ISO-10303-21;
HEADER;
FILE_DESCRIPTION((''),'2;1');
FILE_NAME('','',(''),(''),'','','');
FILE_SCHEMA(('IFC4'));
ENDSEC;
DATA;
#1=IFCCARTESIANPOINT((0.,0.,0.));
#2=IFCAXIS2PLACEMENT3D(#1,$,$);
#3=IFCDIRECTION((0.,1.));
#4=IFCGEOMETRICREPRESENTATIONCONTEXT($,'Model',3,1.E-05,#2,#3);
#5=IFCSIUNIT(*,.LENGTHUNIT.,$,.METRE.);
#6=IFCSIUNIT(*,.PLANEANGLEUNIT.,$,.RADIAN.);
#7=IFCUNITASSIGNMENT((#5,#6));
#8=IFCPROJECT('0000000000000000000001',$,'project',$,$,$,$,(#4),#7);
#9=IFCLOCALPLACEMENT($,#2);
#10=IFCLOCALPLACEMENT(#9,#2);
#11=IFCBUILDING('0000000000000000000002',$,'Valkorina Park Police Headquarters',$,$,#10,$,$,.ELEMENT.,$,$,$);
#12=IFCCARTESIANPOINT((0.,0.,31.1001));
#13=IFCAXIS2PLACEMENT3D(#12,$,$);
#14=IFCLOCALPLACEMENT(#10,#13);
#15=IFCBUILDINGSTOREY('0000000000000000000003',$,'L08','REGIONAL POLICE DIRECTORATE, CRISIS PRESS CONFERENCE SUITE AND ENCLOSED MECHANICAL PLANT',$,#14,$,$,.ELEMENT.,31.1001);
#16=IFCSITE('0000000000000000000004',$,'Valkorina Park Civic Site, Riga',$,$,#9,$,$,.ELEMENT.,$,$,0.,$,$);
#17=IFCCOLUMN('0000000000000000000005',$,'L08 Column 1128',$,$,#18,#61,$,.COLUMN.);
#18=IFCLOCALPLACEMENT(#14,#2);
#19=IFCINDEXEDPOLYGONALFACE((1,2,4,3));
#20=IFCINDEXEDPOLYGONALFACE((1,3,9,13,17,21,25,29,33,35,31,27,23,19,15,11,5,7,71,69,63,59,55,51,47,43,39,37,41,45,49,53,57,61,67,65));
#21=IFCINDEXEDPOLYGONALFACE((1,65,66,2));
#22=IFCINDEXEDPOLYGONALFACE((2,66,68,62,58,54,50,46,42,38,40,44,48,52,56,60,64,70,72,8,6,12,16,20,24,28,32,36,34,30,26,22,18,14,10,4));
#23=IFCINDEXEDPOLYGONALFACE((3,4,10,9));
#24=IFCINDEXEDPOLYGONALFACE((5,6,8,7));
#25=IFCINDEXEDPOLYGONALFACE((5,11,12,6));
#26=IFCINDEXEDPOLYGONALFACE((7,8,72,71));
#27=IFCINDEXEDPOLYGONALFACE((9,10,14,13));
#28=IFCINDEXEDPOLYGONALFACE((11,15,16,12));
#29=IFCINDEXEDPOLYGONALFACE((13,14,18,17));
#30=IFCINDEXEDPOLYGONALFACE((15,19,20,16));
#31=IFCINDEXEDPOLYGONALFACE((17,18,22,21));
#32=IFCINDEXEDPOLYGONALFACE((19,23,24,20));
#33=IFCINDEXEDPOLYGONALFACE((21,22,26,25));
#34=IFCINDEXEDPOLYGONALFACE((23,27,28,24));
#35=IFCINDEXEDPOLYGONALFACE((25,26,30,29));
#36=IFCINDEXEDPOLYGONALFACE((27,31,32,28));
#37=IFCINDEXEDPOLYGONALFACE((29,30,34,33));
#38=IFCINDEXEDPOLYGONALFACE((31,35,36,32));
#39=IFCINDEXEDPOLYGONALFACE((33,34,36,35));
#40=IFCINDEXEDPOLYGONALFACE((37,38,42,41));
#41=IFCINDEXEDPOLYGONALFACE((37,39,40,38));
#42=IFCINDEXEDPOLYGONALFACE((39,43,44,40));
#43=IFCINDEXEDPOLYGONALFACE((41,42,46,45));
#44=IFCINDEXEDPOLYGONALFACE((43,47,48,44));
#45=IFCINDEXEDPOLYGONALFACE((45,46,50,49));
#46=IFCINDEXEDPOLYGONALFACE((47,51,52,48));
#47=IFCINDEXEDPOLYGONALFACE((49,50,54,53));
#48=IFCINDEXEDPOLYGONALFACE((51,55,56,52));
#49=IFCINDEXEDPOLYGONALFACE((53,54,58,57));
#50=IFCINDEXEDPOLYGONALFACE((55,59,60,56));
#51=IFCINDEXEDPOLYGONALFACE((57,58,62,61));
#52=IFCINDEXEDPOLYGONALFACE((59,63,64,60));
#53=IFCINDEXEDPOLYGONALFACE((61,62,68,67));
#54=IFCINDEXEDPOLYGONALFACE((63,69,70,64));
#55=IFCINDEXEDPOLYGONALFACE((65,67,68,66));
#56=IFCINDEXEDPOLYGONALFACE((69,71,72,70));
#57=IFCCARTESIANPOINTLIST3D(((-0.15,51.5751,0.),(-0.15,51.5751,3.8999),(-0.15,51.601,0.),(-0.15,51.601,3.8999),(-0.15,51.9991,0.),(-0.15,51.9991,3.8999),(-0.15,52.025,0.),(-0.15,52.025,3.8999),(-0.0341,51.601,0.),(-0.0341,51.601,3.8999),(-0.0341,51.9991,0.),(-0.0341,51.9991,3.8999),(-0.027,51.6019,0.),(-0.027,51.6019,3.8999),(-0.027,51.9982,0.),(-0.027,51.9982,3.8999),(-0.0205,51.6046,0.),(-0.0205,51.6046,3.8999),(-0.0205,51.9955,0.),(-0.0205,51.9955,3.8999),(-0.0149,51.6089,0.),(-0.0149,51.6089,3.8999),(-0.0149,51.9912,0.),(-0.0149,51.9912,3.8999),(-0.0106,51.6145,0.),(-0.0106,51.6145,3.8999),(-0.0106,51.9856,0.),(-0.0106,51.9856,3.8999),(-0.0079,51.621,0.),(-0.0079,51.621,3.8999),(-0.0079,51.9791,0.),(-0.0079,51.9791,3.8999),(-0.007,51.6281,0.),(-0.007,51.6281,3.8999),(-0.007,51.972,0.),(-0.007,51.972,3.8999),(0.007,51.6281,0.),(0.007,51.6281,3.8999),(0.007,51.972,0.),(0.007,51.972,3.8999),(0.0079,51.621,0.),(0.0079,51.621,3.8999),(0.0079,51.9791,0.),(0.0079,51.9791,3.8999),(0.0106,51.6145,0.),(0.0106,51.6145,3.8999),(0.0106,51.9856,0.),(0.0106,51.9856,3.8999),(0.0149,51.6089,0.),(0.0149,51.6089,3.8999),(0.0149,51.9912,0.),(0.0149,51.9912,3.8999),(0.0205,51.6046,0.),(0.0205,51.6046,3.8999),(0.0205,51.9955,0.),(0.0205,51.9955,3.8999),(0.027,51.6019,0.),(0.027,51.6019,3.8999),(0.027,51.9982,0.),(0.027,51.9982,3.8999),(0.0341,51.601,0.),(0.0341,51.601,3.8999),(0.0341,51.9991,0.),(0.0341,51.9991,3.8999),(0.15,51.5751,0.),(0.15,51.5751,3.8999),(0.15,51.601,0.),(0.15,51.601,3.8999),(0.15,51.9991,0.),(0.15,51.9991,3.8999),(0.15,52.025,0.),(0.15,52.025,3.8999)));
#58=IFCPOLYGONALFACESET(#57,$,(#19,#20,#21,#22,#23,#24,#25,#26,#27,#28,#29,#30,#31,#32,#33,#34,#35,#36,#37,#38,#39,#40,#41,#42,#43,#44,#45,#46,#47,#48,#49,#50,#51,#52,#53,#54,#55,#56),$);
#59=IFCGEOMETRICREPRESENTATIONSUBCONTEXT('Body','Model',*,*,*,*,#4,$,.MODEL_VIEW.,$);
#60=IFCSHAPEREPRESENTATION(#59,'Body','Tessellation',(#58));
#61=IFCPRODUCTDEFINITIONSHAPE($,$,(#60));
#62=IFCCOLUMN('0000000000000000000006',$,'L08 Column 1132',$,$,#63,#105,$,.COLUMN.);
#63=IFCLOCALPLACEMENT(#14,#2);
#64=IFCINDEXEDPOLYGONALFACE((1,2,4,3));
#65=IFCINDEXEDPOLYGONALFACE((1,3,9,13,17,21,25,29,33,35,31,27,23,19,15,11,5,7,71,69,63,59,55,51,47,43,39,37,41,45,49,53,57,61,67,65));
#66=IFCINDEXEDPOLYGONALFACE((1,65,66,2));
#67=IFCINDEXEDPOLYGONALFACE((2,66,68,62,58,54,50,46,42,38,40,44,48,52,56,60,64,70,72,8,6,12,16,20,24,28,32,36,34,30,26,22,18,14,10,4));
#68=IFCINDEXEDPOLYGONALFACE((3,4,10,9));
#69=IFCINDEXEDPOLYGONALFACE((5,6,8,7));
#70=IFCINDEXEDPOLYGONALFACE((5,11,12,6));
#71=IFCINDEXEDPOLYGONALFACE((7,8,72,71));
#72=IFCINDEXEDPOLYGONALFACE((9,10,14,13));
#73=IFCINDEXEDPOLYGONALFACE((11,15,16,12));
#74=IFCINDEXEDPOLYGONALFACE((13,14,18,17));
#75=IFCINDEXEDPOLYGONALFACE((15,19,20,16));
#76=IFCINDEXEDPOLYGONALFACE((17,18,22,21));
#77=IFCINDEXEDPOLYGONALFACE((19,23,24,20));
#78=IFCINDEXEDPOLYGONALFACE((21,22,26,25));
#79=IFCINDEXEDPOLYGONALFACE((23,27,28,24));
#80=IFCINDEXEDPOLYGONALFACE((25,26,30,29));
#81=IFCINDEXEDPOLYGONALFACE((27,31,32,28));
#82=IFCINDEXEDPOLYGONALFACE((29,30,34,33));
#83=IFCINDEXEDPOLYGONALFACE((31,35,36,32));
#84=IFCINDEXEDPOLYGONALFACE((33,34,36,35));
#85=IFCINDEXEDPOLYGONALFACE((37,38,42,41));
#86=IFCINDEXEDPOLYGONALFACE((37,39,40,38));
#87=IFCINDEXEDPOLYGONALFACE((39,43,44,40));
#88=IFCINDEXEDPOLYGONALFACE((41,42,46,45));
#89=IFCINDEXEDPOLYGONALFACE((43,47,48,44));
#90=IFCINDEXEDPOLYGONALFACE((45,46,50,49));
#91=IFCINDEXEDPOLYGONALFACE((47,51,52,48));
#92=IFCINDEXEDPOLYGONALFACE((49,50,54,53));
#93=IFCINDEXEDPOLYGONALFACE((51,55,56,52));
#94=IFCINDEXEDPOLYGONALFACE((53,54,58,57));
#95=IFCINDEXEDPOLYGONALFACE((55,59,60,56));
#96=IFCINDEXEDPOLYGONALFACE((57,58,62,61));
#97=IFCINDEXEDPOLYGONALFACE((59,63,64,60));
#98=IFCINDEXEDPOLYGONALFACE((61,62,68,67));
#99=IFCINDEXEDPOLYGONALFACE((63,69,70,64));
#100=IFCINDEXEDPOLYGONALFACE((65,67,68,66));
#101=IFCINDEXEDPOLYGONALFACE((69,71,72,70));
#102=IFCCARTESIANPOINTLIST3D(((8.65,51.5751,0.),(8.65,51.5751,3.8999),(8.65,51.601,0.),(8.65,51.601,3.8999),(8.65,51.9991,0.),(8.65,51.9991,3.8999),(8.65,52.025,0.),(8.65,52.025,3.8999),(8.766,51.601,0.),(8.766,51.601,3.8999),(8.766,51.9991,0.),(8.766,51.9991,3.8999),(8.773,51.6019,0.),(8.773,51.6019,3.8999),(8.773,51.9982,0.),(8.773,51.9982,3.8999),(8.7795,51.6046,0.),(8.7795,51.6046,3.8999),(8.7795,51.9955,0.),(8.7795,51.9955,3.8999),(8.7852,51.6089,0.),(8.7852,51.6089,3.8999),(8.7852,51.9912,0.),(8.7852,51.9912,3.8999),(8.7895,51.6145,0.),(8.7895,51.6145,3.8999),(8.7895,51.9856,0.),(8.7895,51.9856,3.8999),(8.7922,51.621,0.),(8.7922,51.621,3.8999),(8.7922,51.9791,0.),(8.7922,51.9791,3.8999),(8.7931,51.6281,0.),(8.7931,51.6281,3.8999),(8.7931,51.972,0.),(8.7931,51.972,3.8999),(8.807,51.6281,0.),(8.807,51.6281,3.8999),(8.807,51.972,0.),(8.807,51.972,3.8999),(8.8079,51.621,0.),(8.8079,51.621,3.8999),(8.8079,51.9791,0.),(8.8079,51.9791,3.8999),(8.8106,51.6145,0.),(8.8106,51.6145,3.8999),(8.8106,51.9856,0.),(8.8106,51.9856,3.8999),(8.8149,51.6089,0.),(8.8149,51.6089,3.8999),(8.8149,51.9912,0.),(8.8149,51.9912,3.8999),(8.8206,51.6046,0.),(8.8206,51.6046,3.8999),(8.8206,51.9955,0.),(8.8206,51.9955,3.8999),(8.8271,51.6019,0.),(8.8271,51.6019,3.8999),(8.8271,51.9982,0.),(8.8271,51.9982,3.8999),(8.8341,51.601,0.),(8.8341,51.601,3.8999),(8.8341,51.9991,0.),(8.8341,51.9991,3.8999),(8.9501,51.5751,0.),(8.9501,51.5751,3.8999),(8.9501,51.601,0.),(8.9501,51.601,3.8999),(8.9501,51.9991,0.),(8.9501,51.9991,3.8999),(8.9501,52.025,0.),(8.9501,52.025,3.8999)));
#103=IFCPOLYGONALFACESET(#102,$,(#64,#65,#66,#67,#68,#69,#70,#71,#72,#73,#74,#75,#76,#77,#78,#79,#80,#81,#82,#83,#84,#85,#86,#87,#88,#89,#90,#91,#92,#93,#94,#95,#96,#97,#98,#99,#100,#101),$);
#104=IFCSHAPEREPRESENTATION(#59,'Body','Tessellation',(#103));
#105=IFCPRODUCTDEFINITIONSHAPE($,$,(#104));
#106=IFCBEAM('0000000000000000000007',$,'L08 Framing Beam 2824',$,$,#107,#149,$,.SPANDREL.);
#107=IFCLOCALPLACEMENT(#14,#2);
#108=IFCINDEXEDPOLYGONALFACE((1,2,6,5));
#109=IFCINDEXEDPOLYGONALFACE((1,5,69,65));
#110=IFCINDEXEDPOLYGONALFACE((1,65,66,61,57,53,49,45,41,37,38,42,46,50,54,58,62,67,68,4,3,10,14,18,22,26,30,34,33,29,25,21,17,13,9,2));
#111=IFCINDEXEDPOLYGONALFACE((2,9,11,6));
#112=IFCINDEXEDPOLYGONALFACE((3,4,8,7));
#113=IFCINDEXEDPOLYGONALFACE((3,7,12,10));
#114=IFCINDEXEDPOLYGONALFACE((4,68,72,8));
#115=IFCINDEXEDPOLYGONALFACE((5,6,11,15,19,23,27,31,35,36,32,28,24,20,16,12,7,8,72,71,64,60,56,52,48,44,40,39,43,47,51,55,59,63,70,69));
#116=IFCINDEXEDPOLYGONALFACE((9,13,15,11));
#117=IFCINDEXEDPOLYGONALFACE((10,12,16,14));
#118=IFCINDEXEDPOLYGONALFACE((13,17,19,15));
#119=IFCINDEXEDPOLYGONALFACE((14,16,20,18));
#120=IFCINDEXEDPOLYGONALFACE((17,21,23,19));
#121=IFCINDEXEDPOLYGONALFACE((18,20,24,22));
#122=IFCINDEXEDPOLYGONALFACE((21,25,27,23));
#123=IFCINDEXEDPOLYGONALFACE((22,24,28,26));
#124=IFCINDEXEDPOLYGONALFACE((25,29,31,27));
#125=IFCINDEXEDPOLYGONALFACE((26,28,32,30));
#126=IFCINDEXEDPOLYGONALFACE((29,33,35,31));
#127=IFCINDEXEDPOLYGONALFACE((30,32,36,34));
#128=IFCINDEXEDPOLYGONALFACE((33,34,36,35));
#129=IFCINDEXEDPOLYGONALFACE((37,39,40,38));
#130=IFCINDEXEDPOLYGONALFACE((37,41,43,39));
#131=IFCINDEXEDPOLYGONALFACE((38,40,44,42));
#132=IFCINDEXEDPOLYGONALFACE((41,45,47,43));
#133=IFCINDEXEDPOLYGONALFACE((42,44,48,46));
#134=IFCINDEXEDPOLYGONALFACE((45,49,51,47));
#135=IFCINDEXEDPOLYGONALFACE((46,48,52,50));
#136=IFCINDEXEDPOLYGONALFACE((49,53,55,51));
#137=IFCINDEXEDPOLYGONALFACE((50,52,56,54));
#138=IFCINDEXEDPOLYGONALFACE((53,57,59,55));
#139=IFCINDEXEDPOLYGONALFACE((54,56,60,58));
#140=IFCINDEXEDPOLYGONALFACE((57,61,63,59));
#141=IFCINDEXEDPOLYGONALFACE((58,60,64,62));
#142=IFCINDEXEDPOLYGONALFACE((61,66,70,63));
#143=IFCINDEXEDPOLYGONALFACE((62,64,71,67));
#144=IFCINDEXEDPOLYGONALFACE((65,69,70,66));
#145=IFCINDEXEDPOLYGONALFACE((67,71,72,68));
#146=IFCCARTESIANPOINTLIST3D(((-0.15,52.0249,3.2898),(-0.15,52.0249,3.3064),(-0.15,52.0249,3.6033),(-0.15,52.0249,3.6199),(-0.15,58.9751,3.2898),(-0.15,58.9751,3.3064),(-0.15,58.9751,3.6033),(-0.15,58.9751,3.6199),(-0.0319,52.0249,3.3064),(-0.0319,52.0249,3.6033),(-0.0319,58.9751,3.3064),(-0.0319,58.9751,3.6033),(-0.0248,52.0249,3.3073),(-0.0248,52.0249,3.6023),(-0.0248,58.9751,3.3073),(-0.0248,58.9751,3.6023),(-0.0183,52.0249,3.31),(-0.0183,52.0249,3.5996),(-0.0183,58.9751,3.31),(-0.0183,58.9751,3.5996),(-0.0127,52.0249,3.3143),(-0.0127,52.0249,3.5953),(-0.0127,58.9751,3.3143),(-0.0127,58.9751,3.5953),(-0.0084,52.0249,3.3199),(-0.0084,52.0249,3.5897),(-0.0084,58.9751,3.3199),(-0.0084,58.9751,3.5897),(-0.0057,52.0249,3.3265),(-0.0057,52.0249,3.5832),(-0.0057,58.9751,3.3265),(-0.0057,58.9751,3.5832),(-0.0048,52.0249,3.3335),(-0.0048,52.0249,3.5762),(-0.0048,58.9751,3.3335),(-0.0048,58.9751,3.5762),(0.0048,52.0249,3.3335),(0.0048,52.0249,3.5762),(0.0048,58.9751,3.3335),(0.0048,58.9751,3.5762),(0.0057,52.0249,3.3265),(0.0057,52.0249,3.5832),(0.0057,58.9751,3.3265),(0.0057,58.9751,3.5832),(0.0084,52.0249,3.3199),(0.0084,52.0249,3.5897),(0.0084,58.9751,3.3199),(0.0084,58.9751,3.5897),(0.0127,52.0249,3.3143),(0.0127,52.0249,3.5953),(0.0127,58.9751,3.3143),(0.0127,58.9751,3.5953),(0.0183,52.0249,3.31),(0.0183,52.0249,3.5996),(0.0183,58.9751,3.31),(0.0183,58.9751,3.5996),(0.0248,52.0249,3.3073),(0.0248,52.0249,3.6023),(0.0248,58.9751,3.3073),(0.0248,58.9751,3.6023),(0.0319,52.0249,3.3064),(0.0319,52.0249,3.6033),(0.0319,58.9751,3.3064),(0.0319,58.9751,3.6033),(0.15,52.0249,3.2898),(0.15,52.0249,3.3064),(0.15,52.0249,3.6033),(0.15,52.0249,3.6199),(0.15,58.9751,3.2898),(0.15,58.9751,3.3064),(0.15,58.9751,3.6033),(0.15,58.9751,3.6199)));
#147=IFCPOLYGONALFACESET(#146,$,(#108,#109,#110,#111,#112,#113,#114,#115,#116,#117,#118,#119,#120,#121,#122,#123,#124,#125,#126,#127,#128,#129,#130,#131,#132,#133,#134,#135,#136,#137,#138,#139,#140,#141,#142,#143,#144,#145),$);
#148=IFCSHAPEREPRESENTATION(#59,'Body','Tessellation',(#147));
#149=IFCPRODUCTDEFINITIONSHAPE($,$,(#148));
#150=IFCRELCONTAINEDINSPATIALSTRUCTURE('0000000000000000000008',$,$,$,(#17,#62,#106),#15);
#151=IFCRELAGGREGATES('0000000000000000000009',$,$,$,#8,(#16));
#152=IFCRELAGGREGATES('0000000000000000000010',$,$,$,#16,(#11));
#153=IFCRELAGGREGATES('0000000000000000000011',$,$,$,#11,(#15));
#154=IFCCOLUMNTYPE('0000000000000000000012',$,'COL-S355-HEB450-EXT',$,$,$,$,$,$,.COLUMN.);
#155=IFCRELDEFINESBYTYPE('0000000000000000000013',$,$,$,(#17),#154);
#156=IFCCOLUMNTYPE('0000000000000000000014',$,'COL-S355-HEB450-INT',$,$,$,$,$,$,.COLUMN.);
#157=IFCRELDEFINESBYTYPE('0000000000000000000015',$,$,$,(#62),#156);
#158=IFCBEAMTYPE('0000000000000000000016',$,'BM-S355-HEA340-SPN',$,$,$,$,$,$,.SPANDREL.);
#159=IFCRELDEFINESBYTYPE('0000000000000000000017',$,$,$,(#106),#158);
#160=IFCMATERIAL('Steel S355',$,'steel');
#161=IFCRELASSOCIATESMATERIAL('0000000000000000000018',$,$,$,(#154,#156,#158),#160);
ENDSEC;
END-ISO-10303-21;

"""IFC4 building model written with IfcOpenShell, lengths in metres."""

from ifc_helpers import new_model, si_unit, direction, frame, origin, origin_2d, place, context, subcontext, project, spatial, i_section, extrude, material, material_profile, profile_set, type_object, element, save


model = new_model("IFC4")

# Units and contexts
model_context = context("Model", 3, precision=1e-05, world=origin(), true_north=direction((0.0, 1.0)))
body_context = subcontext(model_context, "Body", "Model", "MODEL_VIEW")
ifc_project = project(units=[si_unit("LENGTHUNIT", "METRE"), si_unit("PLANEANGLEUNIT", "RADIAN")], contexts=[model_context])

# Site, building, storey
site_placement = place(None, origin())
site = spatial("IfcSite", under=ifc_project, at=site_placement, Name="Valkorina Park Civic Site, Riga", CompositionType="ELEMENT", RefElevation=0.0)
building_placement = place(site_placement, origin())
building = spatial("IfcBuilding", under=site, at=building_placement, Name="Valkorina Park Police Headquarters", CompositionType="ELEMENT")
storey_placement = place(building_placement, frame((0.0, 0.0, 31.1001)))
storey = spatial("IfcBuildingStorey", under=building, at=storey_placement, Name="L08", Description="REGIONAL POLICE DIRECTORATE, CRISIS PRESS CONFERENCE SUITE AND ENCLOSED MECHANICAL PLANT", CompositionType="ELEMENT", Elevation=31.1001)

# Columns
ifc_material_1 = material(Name="Steel S355", Category="steel")
ifc_material_profile_1 = material_profile(ifc_material_1, i_section(OverallWidth=0.3, OverallDepth=0.45, WebThickness=0.0139, FlangeThickness=0.0259, FilletRadius=0.0271, at=origin_2d()), Name="HEB 450")
ifc_profile_set_1 = profile_set([ifc_material_profile_1], Name="Steel S355")
column_type_1 = type_object("IfcColumnType", Name="COL-S355-HEB450-EXT", PredefinedType="COLUMN", material=ifc_profile_set_1)
column_1_placement = place(storey_placement, frame((0.0, 51.8, 0.0), z_axis=(0.0, 0.0, 1.0), x_axis=(1.0, 0.0, 0.0)))
element("IfcColumn", 1, at=column_1_placement, inside=storey, type_object=column_type_1, Name="L08 Column 1128", PredefinedType="COLUMN", context=body_context, shape_type="SweptSolid", body=[
    extrude(i_section(OverallWidth=0.3, OverallDepth=0.45, WebThickness=0.0139, FlangeThickness=0.0259, FilletRadius=0.0271, at=origin_2d()), origin(), (0.0, 0.0, 1.0), 3.8999),
])
ifc_material_profile_2 = material_profile(ifc_material_1, i_section(OverallWidth=0.3, OverallDepth=0.45, WebThickness=0.0139, FlangeThickness=0.0259, FilletRadius=0.0271, at=origin_2d()), Name="HEB 450")
ifc_profile_set_2 = profile_set([ifc_material_profile_2], Name="Steel S355")
column_type_2 = type_object("IfcColumnType", Name="COL-S355-HEB450-INT", PredefinedType="COLUMN", material=ifc_profile_set_2)
column_2_placement = place(storey_placement, frame((8.8, 51.8, 0.0), z_axis=(0.0, 0.0, 1.0), x_axis=(1.0, 0.0, 0.0)))
element("IfcColumn", 2, at=column_2_placement, inside=storey, type_object=column_type_2, Name="L08 Column 1132", PredefinedType="COLUMN", context=body_context, shape_type="SweptSolid", body=[
    extrude(i_section(OverallWidth=0.3, OverallDepth=0.45, WebThickness=0.0139, FlangeThickness=0.0259, FilletRadius=0.0271, at=origin_2d()), origin(), (0.0, 0.0, 1.0), 3.8999),
])

# Beam
ifc_material_profile_3 = material_profile(ifc_material_1, i_section(OverallWidth=0.3, OverallDepth=0.3301, WebThickness=0.0095, FlangeThickness=0.0166, FilletRadius=0.0271, at=origin_2d()), Name="HEA 340")
ifc_profile_set_3 = profile_set([ifc_material_profile_3], Name="Steel S355")
beam_type_1 = type_object("IfcBeamType", Name="BM-S355-HEA340-SPN", PredefinedType="SPANDREL", material=ifc_profile_set_3)
beam_1_placement = place(storey_placement, frame((0.0, 52.0249, 3.4548), z_axis=(0.0, 1.0, 0.0), x_axis=(-1.0, 0.0, 0.0)))
element("IfcBeam", 3, at=beam_1_placement, inside=storey, type_object=beam_type_1, Name="L08 Framing Beam 2824", PredefinedType="SPANDREL", context=body_context, shape_type="SweptSolid", body=[
    extrude(i_section(OverallWidth=0.3, OverallDepth=0.3301, WebThickness=0.0095, FlangeThickness=0.0166, FilletRadius=0.0271, at=origin_2d()), origin(), (0.0, 0.0, 1.0), 6.9502),
])

save(model, "model.ifc")
